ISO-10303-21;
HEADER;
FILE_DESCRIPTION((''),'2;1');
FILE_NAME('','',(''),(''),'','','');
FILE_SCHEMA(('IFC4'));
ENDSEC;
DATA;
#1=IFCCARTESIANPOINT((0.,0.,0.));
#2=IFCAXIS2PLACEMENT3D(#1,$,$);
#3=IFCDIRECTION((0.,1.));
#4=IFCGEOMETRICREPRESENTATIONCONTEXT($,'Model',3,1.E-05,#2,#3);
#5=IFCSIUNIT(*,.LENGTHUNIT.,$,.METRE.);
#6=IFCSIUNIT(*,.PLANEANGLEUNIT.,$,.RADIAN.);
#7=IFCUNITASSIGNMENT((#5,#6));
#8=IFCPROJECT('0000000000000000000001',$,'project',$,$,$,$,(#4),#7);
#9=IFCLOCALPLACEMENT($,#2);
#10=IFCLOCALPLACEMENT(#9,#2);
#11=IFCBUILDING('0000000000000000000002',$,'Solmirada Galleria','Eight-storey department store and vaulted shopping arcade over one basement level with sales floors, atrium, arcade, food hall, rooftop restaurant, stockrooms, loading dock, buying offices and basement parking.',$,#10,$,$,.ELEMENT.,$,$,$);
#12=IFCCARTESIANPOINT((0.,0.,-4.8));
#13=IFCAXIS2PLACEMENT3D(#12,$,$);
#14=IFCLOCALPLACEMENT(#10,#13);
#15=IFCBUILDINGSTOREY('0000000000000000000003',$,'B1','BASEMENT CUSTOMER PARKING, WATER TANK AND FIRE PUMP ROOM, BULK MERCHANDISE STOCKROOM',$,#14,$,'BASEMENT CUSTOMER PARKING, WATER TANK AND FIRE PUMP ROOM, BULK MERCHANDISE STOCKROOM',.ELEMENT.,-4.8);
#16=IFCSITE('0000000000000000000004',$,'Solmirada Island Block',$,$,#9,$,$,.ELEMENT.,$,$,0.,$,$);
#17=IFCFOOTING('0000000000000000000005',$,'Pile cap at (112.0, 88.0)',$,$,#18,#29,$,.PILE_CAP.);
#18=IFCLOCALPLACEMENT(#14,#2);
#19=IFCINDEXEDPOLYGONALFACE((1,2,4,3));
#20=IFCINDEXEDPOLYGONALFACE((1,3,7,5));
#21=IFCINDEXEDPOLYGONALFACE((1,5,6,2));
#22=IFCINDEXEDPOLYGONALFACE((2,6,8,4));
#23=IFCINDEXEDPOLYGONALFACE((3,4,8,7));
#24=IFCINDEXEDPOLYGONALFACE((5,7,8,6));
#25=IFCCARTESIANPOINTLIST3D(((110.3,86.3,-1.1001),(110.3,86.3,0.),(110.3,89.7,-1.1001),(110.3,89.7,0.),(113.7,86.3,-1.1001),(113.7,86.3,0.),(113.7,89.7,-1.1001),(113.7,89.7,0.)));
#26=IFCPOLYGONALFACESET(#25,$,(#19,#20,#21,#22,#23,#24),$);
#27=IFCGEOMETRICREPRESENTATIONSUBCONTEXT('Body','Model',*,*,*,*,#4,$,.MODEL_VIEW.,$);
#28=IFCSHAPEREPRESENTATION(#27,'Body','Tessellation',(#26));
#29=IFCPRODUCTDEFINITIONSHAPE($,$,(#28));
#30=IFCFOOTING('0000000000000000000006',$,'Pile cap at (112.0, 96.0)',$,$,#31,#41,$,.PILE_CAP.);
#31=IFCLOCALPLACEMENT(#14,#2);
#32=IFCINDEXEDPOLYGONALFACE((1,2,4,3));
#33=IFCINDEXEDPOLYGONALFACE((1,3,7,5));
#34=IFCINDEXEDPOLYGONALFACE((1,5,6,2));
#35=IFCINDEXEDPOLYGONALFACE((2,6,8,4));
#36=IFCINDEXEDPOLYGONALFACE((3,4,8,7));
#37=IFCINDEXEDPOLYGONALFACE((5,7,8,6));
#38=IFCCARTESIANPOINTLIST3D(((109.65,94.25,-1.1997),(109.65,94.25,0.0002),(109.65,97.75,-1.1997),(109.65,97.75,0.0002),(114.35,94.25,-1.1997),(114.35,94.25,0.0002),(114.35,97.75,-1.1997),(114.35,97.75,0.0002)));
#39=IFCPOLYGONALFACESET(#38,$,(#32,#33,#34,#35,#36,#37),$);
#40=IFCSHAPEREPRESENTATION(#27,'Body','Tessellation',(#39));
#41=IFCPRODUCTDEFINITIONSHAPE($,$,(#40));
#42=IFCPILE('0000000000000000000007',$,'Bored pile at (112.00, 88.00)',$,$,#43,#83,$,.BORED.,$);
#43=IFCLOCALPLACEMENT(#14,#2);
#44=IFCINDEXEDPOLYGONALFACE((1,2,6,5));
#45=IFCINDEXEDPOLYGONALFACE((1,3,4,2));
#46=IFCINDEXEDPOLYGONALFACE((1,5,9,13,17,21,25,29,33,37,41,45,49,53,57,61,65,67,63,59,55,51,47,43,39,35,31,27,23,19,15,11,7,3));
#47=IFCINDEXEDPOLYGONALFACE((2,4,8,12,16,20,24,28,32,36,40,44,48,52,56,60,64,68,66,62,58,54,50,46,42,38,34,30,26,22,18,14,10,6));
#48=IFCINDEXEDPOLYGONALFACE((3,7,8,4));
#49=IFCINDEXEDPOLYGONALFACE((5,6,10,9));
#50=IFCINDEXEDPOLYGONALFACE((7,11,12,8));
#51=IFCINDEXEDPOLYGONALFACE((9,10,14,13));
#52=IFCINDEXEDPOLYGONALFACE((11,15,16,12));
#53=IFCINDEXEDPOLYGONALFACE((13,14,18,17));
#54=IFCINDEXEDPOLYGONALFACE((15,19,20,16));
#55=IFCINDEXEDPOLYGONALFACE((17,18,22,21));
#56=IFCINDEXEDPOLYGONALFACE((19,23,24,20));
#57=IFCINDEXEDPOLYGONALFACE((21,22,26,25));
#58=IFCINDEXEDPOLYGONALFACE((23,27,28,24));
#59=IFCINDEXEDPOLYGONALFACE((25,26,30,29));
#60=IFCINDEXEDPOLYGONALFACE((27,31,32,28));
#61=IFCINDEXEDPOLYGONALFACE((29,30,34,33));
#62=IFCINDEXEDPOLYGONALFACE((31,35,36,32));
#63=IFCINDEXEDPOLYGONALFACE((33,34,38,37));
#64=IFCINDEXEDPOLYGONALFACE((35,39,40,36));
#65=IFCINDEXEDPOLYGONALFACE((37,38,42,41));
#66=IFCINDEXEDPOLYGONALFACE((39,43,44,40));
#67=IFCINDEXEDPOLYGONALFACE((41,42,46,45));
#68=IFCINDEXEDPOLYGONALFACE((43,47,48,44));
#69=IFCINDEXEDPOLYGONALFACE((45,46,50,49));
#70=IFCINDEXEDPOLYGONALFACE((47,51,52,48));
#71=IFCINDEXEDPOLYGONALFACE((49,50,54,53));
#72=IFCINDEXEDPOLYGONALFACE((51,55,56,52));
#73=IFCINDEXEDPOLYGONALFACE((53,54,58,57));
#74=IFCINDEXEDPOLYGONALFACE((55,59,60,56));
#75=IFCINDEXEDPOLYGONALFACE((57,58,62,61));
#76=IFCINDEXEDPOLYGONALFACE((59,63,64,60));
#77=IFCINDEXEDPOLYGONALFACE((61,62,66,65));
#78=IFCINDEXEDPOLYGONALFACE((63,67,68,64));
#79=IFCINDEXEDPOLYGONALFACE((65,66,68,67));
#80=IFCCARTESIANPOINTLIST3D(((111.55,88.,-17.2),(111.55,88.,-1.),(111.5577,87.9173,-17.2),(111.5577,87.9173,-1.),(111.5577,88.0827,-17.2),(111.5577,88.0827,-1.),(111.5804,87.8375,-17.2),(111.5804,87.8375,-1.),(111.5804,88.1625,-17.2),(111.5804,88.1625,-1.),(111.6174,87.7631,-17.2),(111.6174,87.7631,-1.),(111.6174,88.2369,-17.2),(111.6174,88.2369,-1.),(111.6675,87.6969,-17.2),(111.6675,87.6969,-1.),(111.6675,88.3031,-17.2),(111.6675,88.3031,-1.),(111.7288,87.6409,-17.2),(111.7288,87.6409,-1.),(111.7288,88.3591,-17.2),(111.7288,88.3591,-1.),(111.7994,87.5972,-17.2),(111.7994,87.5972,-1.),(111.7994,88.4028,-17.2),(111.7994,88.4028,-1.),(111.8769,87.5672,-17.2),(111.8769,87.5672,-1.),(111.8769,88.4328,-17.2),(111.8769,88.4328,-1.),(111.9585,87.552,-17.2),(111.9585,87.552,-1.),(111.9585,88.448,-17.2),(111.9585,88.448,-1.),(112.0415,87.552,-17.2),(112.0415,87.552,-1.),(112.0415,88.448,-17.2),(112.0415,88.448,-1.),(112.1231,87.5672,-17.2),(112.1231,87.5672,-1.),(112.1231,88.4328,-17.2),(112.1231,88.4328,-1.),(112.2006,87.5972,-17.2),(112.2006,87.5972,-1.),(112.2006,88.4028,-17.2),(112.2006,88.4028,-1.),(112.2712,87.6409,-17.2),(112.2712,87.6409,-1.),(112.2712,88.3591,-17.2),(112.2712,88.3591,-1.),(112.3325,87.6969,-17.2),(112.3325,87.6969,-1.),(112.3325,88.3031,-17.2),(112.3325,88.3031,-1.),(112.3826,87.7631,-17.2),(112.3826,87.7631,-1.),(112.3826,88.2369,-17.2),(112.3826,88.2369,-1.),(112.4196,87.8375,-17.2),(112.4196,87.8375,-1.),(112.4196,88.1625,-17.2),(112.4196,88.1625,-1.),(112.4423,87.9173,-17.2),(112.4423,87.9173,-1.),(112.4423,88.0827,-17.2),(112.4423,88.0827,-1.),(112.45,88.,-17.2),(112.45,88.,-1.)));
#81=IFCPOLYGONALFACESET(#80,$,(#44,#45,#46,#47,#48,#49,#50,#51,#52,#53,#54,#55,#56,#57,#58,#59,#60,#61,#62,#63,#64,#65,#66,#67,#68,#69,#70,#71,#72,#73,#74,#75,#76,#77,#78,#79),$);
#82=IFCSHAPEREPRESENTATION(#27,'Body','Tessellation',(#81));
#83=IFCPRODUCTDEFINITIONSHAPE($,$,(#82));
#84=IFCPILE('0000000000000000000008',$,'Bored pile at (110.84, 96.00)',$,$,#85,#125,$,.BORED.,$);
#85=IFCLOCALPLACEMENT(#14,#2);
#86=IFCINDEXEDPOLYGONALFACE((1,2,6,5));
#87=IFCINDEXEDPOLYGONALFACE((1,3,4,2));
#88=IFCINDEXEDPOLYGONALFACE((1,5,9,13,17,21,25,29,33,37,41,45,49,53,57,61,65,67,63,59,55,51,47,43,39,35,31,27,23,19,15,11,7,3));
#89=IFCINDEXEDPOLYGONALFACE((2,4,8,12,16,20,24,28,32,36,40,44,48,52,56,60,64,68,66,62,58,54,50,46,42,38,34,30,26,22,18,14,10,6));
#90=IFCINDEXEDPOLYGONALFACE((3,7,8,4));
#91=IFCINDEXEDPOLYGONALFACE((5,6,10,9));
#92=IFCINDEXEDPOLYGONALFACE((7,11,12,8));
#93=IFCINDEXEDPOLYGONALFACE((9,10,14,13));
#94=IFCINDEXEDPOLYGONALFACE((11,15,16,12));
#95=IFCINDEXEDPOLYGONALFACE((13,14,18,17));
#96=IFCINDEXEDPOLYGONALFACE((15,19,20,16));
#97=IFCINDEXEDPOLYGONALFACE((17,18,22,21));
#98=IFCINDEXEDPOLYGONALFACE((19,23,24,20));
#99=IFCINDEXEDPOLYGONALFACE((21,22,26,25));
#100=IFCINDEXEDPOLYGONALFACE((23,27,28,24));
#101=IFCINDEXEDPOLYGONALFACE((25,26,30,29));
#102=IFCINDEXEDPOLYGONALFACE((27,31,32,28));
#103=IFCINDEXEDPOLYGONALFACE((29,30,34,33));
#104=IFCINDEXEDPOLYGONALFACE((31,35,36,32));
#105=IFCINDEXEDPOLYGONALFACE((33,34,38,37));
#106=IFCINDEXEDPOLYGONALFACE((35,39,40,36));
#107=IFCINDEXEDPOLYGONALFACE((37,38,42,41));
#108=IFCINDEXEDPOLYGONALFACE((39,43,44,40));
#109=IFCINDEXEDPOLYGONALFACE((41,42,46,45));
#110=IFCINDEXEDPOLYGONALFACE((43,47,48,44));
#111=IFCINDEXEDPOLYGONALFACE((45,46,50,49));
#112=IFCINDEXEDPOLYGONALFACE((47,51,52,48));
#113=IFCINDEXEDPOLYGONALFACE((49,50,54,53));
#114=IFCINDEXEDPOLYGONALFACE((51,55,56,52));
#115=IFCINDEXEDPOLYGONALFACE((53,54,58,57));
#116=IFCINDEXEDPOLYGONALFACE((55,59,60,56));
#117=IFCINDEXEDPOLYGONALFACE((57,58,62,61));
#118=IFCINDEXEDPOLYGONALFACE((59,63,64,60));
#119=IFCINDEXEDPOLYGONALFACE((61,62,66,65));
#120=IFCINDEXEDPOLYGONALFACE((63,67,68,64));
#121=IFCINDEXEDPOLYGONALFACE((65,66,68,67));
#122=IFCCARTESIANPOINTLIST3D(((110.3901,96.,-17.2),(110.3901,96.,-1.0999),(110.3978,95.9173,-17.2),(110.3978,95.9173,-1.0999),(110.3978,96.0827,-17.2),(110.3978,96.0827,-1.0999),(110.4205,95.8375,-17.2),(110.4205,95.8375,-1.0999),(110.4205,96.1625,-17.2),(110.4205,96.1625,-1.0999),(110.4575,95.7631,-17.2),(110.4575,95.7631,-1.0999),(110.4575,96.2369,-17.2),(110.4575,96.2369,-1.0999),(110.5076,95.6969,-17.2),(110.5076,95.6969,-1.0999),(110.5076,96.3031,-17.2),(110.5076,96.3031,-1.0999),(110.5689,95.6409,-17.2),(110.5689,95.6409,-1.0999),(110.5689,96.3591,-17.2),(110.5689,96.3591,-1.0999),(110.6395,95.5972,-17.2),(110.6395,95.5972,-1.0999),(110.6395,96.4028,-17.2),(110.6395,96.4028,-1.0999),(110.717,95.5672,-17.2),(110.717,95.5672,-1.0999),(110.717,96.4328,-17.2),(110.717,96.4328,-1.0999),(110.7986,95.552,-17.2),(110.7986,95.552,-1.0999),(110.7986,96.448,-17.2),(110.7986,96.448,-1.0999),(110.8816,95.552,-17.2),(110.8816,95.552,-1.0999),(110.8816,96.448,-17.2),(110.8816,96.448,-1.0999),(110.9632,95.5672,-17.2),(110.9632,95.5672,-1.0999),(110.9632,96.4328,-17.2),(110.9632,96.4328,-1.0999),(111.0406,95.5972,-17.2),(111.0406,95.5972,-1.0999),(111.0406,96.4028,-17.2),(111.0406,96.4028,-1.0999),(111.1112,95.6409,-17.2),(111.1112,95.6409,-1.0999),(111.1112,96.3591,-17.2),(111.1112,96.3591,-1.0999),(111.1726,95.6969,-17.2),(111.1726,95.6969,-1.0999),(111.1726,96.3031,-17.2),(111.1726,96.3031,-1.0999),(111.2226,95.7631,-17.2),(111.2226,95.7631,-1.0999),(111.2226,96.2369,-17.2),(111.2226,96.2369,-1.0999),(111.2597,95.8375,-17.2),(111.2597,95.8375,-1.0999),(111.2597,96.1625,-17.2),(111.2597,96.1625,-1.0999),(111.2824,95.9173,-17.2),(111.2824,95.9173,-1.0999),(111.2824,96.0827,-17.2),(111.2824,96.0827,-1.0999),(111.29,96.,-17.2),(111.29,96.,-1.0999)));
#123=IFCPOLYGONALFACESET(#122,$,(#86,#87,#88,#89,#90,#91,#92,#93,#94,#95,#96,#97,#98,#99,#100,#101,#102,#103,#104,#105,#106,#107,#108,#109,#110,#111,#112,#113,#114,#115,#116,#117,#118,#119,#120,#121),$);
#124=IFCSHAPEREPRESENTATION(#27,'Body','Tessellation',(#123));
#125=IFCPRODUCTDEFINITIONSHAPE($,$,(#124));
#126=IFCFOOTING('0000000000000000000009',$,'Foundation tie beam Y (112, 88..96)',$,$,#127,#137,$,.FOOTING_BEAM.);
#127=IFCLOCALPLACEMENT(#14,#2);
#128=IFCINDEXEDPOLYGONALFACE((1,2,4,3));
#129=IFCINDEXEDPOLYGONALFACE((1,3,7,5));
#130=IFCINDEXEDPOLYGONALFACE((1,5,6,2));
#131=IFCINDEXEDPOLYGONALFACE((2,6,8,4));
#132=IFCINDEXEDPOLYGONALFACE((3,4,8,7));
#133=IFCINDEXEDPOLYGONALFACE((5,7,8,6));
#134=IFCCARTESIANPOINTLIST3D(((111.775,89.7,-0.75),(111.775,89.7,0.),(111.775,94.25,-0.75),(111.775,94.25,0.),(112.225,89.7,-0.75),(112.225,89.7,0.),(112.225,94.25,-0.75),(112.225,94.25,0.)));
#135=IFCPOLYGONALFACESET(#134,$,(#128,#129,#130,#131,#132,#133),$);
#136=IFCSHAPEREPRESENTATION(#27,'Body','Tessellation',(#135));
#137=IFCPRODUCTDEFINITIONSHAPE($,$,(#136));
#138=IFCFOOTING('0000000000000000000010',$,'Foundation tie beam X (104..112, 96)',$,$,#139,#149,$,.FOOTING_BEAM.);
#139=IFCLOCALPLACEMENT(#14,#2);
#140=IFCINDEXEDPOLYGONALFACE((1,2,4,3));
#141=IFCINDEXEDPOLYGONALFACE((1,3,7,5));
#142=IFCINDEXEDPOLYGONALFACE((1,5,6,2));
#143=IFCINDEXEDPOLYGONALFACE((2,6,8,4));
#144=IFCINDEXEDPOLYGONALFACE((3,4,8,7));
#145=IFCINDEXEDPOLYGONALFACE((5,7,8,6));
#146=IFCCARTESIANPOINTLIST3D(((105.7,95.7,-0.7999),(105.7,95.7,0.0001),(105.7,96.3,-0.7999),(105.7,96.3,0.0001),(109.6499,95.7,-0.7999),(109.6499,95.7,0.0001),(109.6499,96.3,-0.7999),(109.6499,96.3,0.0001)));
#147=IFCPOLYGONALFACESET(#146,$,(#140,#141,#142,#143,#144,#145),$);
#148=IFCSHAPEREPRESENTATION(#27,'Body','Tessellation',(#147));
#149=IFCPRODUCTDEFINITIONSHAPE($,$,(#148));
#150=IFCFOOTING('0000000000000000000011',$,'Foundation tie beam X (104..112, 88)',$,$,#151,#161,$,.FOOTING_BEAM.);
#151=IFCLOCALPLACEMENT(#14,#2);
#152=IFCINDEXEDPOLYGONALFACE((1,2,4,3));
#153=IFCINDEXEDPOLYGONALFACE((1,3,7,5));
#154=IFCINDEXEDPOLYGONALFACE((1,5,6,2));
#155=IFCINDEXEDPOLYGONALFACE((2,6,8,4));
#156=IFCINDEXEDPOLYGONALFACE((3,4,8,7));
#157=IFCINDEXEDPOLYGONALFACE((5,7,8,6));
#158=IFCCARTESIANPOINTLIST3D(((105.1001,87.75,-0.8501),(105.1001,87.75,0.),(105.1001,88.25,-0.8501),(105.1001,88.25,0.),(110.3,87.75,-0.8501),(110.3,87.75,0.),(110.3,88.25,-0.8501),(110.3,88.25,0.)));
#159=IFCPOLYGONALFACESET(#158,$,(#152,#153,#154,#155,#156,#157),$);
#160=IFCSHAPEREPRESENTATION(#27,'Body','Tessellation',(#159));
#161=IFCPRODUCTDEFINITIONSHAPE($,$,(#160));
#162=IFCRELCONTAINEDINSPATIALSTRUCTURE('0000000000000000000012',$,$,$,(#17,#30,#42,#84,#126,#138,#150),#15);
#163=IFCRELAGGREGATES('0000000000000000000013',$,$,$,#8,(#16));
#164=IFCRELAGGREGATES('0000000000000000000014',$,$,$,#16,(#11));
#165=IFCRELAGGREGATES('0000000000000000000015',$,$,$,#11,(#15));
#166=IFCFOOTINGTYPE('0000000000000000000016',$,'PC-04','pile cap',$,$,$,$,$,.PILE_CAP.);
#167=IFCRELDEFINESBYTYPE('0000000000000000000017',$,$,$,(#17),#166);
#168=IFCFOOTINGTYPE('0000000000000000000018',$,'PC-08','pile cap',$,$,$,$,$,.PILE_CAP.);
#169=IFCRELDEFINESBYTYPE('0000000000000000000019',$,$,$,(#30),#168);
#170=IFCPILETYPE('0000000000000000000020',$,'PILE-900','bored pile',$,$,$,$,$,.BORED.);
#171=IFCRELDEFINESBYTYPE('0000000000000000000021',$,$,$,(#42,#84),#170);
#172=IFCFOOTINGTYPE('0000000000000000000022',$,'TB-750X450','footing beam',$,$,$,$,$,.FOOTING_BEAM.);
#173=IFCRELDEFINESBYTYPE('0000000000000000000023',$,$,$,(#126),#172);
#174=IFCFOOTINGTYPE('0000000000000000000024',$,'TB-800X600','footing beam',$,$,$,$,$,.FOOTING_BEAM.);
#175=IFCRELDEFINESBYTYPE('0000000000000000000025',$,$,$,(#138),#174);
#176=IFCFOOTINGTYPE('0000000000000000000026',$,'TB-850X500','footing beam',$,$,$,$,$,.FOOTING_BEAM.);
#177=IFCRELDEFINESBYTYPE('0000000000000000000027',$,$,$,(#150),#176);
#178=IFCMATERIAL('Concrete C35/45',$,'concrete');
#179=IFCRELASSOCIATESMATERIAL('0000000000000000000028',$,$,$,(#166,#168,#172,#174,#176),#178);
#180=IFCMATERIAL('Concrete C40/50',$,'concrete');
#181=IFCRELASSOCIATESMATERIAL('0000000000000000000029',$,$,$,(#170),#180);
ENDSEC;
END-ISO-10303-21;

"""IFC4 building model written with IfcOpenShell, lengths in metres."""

from ifc_helpers import new_model, si_unit, direction, frame, origin, origin_2d, place, context, subcontext, project, spatial, rectangle, circle, extrude, material, material_profile, profile_set, type_object, element, save


model = new_model("IFC4")

# Units and contexts
model_context = context("Model", 3, precision=1e-05, world=origin(), true_north=direction((0.0, 1.0)))
body_context = subcontext(model_context, "Body", "Model", "MODEL_VIEW")
ifc_project = project(units=[si_unit("LENGTHUNIT", "METRE"), si_unit("PLANEANGLEUNIT", "RADIAN")], contexts=[model_context])

# Site, building, storey
site_placement = place(None, origin())
site = spatial("IfcSite", under=ifc_project, at=site_placement, Name="Solmirada Island Block", CompositionType="ELEMENT", RefElevation=0.0)
building_placement = place(site_placement, origin())
building = spatial("IfcBuilding", under=site, at=building_placement, Name="Solmirada Galleria", Description="Eight-storey department store and vaulted shopping arcade over one basement level with sales floors, atrium, arcade, food hall, rooftop restaurant, stockrooms, loading dock, buying offices and basement parking.", CompositionType="ELEMENT")
storey_placement = place(building_placement, frame((0.0, 0.0, -4.8)))
storey = spatial("IfcBuildingStorey", under=building, at=storey_placement, Name="B1", Description="BASEMENT CUSTOMER PARKING, WATER TANK AND FIRE PUMP ROOM, BULK MERCHANDISE STOCKROOM", LongName="BASEMENT CUSTOMER PARKING, WATER TANK AND FIRE PUMP ROOM, BULK MERCHANDISE STOCKROOM", CompositionType="ELEMENT", Elevation=-4.8)

# Footings
ifc_material_1 = material(Name="Concrete C35/45", Category="concrete")
footing_type_1 = type_object("IfcFootingType", Name="PC-04", Description="pile cap", PredefinedType="PILE_CAP", material=ifc_material_1)
footing_1_placement = place(storey_placement, frame((112.0, 88.0, -1.1001), z_axis=(0.0, 0.0, 1.0), x_axis=(1.0, 0.0, 0.0)))
element("IfcFooting", 1, at=footing_1_placement, inside=storey, type_object=footing_type_1, Name="Pile cap at (112.0, 88.0)", PredefinedType="PILE_CAP", context=body_context, shape_type="SweptSolid", body=[
    extrude(rectangle(XDim=3.3999, YDim=3.3999, at=origin_2d()), origin(), (0.0, 0.0, 1.0), 1.1001),
])
footing_type_2 = type_object("IfcFootingType", Name="PC-08", Description="pile cap", PredefinedType="PILE_CAP", material=ifc_material_1)
footing_2_placement = place(storey_placement, frame((112.0, 96.0, -1.1997), z_axis=(0.0, 0.0, 1.0), x_axis=(1.0, 0.0, 0.0)))
element("IfcFooting", 2, at=footing_2_placement, inside=storey, type_object=footing_type_2, Name="Pile cap at (112.0, 96.0)", PredefinedType="PILE_CAP", context=body_context, shape_type="SweptSolid", body=[
    extrude(rectangle(XDim=4.7, YDim=3.5, at=origin_2d()), origin(), (0.0, 0.0, 1.0), 1.2),
])

# Piles
ifc_material_2 = material(Name="Concrete C40/50", Category="concrete")
ifc_material_profile_1 = material_profile(ifc_material_2, circle(Radius=0.45, at=origin_2d()), Name="PILE900")
ifc_profile_set_1 = profile_set([ifc_material_profile_1], Name="Concrete C40/50")
pile_type = type_object("IfcPileType", Name="PILE-900", Description="bored pile", PredefinedType="BORED", material=ifc_profile_set_1)
pile_1_placement = place(storey_placement, frame((112.0, 88.0, -1.0), z_axis=(0.0, 0.0, -1.0), x_axis=(1.0, 0.0, 0.0)))
element("IfcPile", 3, at=pile_1_placement, inside=storey, type_object=pile_type, Name="Bored pile at (112.00, 88.00)", PredefinedType="BORED", context=body_context, shape_type="SweptSolid", body=[
    extrude(circle(Radius=0.45, at=origin_2d()), origin(), (0.0, 0.0, 1.0), 16.2),
])
pile_2_placement = place(storey_placement, frame((110.8401, 96.0, -1.0999), z_axis=(0.0, 0.0, -1.0), x_axis=(1.0, 0.0, 0.0)))
element("IfcPile", 4, at=pile_2_placement, inside=storey, type_object=pile_type, Name="Bored pile at (110.84, 96.00)", PredefinedType="BORED", context=body_context, shape_type="SweptSolid", body=[
    extrude(circle(Radius=0.45, at=origin_2d()), origin(), (0.0, 0.0, 1.0), 16.1001),
])

# Footings
ifc_material_profile_2 = material_profile(ifc_material_1, rectangle(XDim=0.45, YDim=0.75, at=origin_2d()), Name="RC750X450")
ifc_profile_set_2 = profile_set([ifc_material_profile_2], Name="Concrete C35/45")
footing_type_3 = type_object("IfcFootingType", Name="TB-750X450", Description="footing beam", PredefinedType="FOOTING_BEAM", material=ifc_profile_set_2)
footing_3_placement = place(storey_placement, frame((112.0, 89.7, -0.375), z_axis=(0.0, 1.0, 0.0), x_axis=(-1.0, 0.0, 0.0)))
element("IfcFooting", 5, at=footing_3_placement, inside=storey, type_object=footing_type_3, Name="Foundation tie beam Y (112, 88..96)", PredefinedType="FOOTING_BEAM", context=body_context, shape_type="SweptSolid", body=[
    extrude(rectangle(XDim=0.45, YDim=0.75, at=origin_2d()), origin(), (0.0, 0.0, 1.0), 4.55),
])
ifc_material_profile_3 = material_profile(ifc_material_1, rectangle(XDim=0.6001, YDim=0.8, at=origin_2d()), Name="RC800X600")
ifc_profile_set_3 = profile_set([ifc_material_profile_3], Name="Concrete C35/45")
footing_type_4 = type_object("IfcFootingType", Name="TB-800X600", Description="footing beam", PredefinedType="FOOTING_BEAM", material=ifc_profile_set_3)
footing_4_placement = place(storey_placement, frame((105.7, 96.0, -0.3999), z_axis=(1.0, 0.0, 0.0), x_axis=(0.0, 1.0, 0.0)))
element("IfcFooting", 6, at=footing_4_placement, inside=storey, type_object=footing_type_4, Name="Foundation tie beam X (104..112, 96)", PredefinedType="FOOTING_BEAM", context=body_context, shape_type="SweptSolid", body=[
    extrude(rectangle(XDim=0.6001, YDim=0.8, at=origin_2d()), origin(), (0.0, 0.0, 1.0), 3.95),
])
ifc_material_profile_4 = material_profile(ifc_material_1, rectangle(XDim=0.5, YDim=0.8501, at=origin_2d()), Name="RC850X500")
ifc_profile_set_4 = profile_set([ifc_material_profile_4], Name="Concrete C35/45")
footing_type_5 = type_object("IfcFootingType", Name="TB-850X500", Description="footing beam", PredefinedType="FOOTING_BEAM", material=ifc_profile_set_4)
footing_5_placement = place(storey_placement, frame((105.1001, 88.0, -0.425), z_axis=(1.0, 0.0, 0.0), x_axis=(0.0, 1.0, 0.0)))
element("IfcFooting", 7, at=footing_5_placement, inside=storey, type_object=footing_type_5, Name="Foundation tie beam X (104..112, 88)", PredefinedType="FOOTING_BEAM", context=body_context, shape_type="SweptSolid", body=[
    extrude(rectangle(XDim=0.5, YDim=0.8501, at=origin_2d()), origin(), (0.0, 0.0, 1.0), 5.2),
])

save(model, "model.ifc")
